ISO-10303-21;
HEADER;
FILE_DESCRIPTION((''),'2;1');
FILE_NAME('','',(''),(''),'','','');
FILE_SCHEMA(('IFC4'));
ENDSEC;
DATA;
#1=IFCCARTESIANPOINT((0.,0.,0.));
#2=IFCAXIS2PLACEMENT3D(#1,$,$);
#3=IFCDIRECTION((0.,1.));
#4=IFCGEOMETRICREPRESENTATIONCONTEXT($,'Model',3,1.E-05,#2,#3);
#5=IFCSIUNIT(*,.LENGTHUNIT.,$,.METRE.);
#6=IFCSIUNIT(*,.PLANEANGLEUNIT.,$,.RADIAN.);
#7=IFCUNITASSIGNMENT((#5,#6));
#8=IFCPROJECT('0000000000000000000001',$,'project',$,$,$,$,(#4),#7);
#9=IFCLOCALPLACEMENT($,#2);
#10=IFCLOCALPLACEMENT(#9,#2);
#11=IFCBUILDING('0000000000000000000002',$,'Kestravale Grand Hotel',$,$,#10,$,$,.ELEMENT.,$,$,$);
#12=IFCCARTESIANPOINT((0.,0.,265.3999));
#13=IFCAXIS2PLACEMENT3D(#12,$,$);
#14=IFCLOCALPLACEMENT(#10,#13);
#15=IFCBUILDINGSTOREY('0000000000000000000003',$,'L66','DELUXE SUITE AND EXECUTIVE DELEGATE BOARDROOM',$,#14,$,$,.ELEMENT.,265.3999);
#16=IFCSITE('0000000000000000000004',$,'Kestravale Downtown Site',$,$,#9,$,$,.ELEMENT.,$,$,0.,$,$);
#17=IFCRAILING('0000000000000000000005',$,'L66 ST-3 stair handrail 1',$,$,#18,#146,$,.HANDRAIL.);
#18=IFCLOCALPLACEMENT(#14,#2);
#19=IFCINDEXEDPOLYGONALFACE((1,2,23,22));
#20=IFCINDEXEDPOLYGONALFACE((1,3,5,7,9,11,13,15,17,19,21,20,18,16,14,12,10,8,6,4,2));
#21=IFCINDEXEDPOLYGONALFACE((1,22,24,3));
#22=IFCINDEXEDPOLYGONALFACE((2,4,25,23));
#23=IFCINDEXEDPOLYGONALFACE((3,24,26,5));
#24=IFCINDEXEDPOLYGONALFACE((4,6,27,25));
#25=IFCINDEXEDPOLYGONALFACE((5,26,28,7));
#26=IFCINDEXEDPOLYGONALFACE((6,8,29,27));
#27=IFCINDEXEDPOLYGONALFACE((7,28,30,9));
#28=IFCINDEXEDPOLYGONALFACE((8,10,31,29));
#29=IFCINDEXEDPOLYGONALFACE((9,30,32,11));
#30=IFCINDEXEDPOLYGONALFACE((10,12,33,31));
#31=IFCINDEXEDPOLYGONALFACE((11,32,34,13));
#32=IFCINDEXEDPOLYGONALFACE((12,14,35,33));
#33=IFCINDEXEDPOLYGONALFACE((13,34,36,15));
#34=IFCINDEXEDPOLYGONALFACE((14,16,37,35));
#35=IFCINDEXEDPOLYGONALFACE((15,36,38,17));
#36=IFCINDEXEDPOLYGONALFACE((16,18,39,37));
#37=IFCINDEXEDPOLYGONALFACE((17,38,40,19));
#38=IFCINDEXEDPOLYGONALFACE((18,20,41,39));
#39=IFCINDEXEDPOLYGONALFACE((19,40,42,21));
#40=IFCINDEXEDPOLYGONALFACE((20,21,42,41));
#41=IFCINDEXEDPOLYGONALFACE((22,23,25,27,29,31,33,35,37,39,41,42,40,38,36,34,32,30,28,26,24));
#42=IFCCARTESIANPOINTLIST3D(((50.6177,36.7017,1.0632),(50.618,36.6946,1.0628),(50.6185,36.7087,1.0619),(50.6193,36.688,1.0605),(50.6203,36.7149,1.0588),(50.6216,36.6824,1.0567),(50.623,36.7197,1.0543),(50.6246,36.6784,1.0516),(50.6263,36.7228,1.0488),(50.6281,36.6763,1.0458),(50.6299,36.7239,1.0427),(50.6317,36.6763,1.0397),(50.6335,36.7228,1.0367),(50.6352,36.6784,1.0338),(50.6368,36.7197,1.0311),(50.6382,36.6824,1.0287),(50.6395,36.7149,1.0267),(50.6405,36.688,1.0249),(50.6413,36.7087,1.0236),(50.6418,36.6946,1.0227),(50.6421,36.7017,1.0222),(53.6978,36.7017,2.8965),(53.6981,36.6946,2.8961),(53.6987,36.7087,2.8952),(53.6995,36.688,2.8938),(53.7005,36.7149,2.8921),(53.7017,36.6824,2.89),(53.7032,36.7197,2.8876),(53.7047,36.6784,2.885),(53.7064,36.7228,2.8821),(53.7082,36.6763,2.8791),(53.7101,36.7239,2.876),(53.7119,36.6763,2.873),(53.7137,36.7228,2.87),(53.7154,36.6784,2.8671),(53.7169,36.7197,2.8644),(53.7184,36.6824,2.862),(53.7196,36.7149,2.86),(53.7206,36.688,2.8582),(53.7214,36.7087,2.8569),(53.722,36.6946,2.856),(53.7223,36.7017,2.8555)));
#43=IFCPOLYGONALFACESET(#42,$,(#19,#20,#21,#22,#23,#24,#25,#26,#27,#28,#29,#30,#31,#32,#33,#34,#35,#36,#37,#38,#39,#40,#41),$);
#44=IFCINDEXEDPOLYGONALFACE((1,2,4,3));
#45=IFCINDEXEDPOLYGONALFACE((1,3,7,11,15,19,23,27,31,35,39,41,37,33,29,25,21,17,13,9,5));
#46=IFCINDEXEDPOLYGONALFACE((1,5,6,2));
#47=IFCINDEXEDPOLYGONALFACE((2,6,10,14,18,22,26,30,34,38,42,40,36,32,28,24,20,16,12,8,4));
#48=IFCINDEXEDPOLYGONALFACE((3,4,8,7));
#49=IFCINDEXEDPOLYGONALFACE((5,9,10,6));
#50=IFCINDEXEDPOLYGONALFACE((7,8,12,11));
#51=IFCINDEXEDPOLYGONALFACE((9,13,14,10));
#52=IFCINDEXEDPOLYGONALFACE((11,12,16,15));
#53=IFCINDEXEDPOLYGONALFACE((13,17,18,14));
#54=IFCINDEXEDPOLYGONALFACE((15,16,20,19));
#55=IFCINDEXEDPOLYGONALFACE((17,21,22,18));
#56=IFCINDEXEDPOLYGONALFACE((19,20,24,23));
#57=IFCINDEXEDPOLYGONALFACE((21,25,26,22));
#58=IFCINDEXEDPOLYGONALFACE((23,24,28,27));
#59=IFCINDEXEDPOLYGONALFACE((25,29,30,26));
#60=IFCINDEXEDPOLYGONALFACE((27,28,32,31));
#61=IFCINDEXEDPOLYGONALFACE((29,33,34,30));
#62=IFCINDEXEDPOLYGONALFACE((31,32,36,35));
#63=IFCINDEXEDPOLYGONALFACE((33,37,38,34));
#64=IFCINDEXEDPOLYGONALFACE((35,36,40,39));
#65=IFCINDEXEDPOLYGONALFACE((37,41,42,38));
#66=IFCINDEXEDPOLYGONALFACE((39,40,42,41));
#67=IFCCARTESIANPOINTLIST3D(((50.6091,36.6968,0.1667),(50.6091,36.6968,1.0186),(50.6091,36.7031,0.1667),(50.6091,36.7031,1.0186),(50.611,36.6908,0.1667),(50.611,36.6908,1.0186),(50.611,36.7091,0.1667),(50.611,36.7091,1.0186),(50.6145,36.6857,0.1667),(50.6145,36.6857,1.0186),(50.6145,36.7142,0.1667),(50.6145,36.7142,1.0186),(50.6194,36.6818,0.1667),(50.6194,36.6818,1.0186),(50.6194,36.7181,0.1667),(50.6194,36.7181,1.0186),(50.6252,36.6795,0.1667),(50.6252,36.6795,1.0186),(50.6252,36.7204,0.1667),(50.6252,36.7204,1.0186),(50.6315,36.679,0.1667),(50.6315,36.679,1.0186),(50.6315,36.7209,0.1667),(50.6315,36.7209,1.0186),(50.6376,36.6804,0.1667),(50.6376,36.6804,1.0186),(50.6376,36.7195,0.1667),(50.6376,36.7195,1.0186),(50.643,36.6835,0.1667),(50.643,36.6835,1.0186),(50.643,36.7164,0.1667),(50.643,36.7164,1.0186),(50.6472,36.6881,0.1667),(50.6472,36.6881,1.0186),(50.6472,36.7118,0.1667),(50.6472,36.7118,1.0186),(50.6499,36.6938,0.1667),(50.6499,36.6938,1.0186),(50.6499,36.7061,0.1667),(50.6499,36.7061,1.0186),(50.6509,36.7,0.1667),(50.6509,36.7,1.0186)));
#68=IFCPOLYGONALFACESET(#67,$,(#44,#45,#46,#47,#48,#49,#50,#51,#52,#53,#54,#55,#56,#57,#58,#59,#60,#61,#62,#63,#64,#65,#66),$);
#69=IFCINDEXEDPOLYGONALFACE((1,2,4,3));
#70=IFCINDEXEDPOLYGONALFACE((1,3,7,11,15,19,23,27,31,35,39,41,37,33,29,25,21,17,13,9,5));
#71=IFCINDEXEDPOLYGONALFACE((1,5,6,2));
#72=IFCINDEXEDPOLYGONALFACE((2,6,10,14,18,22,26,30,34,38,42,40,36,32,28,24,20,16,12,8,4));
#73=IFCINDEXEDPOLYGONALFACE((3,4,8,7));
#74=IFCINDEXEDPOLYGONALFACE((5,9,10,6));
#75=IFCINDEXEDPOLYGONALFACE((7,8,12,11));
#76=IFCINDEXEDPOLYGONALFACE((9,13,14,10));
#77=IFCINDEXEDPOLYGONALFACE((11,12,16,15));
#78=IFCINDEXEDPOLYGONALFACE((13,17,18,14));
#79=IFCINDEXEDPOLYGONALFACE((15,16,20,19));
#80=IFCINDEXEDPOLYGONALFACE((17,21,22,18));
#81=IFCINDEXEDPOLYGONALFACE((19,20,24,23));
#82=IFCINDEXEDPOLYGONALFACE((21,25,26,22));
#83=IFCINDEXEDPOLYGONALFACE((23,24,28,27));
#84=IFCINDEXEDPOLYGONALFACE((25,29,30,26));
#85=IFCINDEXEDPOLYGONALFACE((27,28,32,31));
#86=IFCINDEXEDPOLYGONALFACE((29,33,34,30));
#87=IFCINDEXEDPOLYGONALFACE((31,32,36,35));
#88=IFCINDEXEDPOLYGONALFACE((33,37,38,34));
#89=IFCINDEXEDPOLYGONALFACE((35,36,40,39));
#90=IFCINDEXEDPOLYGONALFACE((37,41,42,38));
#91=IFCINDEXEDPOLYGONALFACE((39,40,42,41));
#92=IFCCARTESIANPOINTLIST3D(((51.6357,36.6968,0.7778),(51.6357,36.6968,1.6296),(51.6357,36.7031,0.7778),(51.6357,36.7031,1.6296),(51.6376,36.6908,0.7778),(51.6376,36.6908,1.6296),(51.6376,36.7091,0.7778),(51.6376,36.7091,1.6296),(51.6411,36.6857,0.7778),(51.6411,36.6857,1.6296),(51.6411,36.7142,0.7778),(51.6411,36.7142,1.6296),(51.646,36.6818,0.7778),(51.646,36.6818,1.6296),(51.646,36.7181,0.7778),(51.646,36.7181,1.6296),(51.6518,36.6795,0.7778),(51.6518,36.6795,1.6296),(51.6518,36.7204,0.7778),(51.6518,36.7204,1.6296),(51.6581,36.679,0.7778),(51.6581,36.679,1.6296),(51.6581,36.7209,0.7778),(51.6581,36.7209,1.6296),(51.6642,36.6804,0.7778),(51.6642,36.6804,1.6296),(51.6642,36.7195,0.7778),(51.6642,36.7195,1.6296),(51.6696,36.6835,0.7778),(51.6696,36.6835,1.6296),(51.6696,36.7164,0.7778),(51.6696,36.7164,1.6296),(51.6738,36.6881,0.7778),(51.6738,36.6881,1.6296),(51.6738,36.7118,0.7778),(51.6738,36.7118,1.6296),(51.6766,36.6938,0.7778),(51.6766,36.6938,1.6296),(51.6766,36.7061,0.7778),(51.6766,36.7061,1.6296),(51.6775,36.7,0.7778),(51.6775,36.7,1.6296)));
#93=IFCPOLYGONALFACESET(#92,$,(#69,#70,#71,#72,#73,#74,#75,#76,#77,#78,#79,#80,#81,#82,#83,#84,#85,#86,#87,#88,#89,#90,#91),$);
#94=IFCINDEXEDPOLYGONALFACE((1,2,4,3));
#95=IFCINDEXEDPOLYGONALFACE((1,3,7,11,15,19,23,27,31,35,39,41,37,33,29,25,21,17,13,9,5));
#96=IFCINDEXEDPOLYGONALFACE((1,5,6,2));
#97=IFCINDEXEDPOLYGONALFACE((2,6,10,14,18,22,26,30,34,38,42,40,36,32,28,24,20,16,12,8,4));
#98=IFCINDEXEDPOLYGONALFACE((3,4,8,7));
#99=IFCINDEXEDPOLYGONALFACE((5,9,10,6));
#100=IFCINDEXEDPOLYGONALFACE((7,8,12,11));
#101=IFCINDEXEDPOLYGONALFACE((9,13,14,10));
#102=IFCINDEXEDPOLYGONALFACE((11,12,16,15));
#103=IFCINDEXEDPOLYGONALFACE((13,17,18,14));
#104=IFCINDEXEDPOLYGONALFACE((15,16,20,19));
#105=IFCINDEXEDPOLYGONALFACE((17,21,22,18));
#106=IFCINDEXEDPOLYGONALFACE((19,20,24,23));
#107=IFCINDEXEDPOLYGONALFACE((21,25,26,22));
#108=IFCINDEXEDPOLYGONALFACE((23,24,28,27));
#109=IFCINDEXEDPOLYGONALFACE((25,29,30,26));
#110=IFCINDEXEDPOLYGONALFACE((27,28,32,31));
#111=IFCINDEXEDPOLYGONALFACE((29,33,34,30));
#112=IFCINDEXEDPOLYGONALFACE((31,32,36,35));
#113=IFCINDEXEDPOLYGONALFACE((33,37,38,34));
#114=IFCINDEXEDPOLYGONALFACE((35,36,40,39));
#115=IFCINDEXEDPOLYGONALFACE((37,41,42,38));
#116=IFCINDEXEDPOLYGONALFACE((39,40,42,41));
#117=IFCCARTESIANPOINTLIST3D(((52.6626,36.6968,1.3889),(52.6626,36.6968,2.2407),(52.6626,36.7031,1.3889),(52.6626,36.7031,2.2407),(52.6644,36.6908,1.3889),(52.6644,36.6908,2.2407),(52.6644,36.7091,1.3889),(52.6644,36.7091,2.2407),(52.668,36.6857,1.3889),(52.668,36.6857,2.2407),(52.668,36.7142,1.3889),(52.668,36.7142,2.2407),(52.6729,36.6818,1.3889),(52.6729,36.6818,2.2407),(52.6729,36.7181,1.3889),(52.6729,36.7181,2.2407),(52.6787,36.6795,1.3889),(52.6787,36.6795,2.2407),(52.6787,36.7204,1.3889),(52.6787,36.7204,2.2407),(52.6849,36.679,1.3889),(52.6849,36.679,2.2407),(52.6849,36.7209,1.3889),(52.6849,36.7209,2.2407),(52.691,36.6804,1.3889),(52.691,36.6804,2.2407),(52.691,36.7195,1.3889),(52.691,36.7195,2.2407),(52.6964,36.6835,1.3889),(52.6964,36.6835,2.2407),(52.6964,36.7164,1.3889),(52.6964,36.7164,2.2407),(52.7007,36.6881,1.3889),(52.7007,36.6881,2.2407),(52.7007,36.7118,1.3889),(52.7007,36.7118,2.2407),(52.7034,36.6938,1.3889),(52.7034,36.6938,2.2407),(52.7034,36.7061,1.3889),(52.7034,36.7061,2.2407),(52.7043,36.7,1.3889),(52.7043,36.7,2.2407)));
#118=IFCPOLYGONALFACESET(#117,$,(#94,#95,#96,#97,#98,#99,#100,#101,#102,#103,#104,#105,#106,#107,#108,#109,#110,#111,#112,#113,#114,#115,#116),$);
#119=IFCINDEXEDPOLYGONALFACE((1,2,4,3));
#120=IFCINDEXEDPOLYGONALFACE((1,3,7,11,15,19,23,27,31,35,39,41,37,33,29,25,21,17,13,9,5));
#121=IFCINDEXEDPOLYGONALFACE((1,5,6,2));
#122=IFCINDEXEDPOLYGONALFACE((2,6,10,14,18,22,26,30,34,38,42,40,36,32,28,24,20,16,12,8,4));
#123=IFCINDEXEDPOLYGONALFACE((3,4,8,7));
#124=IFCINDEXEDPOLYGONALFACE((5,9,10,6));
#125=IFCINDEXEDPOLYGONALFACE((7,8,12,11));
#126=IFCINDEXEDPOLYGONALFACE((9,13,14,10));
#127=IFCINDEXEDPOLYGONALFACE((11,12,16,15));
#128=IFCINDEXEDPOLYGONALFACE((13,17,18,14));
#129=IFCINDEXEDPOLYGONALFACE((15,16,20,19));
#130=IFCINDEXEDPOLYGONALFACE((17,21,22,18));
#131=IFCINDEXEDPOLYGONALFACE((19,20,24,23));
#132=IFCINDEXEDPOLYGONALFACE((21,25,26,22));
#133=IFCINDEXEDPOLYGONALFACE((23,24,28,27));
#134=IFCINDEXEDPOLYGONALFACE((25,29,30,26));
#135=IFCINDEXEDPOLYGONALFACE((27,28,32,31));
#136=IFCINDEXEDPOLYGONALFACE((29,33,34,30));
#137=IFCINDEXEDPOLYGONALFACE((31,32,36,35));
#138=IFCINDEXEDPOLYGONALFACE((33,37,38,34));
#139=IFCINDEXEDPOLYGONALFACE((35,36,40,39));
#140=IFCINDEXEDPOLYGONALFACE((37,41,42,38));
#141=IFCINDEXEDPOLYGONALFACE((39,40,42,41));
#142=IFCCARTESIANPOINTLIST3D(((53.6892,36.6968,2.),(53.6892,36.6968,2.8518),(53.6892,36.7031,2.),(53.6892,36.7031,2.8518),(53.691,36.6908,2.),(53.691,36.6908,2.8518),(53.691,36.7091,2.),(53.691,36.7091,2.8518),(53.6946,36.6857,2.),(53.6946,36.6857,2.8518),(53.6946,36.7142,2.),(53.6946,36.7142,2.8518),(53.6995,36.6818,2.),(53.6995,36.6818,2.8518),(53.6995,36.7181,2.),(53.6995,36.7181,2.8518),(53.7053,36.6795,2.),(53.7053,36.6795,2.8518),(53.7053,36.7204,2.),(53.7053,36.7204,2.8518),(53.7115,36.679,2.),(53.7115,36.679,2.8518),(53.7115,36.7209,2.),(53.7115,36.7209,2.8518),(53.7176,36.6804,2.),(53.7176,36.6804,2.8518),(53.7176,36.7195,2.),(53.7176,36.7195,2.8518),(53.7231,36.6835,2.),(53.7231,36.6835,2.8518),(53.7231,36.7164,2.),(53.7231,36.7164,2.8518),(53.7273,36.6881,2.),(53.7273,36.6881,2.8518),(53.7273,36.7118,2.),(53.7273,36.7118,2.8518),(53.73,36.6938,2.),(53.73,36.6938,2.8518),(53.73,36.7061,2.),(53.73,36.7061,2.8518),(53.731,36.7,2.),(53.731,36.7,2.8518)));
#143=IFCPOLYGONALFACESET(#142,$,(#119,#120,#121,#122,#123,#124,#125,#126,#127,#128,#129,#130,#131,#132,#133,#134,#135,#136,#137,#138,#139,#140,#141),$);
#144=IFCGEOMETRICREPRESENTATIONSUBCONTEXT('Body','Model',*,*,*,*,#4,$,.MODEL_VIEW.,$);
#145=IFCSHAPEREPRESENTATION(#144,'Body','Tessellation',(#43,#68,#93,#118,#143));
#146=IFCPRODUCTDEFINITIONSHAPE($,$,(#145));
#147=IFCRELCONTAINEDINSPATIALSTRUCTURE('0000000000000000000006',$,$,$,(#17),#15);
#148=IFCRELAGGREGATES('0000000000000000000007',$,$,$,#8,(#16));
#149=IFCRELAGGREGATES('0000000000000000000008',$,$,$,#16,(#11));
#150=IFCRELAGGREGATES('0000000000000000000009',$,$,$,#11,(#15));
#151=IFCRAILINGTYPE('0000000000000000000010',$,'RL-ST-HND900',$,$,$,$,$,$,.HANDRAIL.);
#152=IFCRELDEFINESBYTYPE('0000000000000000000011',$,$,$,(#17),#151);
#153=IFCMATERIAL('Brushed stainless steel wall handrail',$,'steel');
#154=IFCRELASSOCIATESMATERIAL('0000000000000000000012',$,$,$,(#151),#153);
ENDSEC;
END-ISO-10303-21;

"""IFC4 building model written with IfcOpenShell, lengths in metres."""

from ifc_helpers import new_model, si_unit, direction, frame, origin, origin_2d, place, context, subcontext, project, spatial, circle, extrude, material, type_object, element, save


model = new_model("IFC4")

# Units and contexts
model_context = context("Model", 3, precision=1e-05, world=origin(), true_north=direction((0.0, 1.0)))
body_context = subcontext(model_context, "Body", "Model", "MODEL_VIEW")
ifc_project = project(units=[si_unit("LENGTHUNIT", "METRE"), si_unit("PLANEANGLEUNIT", "RADIAN")], contexts=[model_context])

# Site, building, storey
site_placement = place(None, origin())
site = spatial("IfcSite", under=ifc_project, at=site_placement, Name="Kestravale Downtown Site", CompositionType="ELEMENT", RefElevation=0.0)
building_placement = place(site_placement, origin())
building = spatial("IfcBuilding", under=site, at=building_placement, Name="Kestravale Grand Hotel", CompositionType="ELEMENT")
storey_placement = place(building_placement, frame((0.0, 0.0, 265.3999)))
storey = spatial("IfcBuildingStorey", under=building, at=storey_placement, Name="L66", Description="DELUXE SUITE AND EXECUTIVE DELEGATE BOARDROOM", CompositionType="ELEMENT", Elevation=265.3999)

# Railing
ifc_material_1 = material(Name="Brushed stainless steel wall handrail", Category="steel")
railing_type_1 = type_object("IfcRailingType", Name="RL-ST-HND900", PredefinedType="HANDRAIL", material=ifc_material_1)
railing_1_placement = place(storey_placement, frame((50.6299, 36.7, 0.1667)))
element("IfcRailing", 1, at=railing_1_placement, inside=storey, type_object=railing_type_1, Name="L66 ST-3 stair handrail 1", PredefinedType="HANDRAIL", context=body_context, shape_type="SweptSolid", body=[
    extrude(circle(Radius=0.0239, at=origin_2d()), frame((0.0, 0.0, 0.876), z_axis=(0.859309, 0.0, 0.511458), x_axis=(0.0, 1.0, 0.0)), (0.0, 0.0, 1.0), 3.5845),
    extrude(circle(Radius=0.021, at=origin_2d()), origin(), (0.0, 0.0, 1.0), 0.8518),
    extrude(circle(Radius=0.021, at=origin_2d()), frame((1.0266, 0.0, 0.6111)), (0.0, 0.0, 1.0), 0.8518),
    extrude(circle(Radius=0.021, at=origin_2d()), frame((2.0535, 0.0, 1.2222)), (0.0, 0.0, 1.0), 0.8518),
    extrude(circle(Radius=0.021, at=origin_2d()), frame((3.0801, 0.0, 1.8333)), (0.0, 0.0, 1.0), 0.8518),
])

save(model, "model.ifc")
